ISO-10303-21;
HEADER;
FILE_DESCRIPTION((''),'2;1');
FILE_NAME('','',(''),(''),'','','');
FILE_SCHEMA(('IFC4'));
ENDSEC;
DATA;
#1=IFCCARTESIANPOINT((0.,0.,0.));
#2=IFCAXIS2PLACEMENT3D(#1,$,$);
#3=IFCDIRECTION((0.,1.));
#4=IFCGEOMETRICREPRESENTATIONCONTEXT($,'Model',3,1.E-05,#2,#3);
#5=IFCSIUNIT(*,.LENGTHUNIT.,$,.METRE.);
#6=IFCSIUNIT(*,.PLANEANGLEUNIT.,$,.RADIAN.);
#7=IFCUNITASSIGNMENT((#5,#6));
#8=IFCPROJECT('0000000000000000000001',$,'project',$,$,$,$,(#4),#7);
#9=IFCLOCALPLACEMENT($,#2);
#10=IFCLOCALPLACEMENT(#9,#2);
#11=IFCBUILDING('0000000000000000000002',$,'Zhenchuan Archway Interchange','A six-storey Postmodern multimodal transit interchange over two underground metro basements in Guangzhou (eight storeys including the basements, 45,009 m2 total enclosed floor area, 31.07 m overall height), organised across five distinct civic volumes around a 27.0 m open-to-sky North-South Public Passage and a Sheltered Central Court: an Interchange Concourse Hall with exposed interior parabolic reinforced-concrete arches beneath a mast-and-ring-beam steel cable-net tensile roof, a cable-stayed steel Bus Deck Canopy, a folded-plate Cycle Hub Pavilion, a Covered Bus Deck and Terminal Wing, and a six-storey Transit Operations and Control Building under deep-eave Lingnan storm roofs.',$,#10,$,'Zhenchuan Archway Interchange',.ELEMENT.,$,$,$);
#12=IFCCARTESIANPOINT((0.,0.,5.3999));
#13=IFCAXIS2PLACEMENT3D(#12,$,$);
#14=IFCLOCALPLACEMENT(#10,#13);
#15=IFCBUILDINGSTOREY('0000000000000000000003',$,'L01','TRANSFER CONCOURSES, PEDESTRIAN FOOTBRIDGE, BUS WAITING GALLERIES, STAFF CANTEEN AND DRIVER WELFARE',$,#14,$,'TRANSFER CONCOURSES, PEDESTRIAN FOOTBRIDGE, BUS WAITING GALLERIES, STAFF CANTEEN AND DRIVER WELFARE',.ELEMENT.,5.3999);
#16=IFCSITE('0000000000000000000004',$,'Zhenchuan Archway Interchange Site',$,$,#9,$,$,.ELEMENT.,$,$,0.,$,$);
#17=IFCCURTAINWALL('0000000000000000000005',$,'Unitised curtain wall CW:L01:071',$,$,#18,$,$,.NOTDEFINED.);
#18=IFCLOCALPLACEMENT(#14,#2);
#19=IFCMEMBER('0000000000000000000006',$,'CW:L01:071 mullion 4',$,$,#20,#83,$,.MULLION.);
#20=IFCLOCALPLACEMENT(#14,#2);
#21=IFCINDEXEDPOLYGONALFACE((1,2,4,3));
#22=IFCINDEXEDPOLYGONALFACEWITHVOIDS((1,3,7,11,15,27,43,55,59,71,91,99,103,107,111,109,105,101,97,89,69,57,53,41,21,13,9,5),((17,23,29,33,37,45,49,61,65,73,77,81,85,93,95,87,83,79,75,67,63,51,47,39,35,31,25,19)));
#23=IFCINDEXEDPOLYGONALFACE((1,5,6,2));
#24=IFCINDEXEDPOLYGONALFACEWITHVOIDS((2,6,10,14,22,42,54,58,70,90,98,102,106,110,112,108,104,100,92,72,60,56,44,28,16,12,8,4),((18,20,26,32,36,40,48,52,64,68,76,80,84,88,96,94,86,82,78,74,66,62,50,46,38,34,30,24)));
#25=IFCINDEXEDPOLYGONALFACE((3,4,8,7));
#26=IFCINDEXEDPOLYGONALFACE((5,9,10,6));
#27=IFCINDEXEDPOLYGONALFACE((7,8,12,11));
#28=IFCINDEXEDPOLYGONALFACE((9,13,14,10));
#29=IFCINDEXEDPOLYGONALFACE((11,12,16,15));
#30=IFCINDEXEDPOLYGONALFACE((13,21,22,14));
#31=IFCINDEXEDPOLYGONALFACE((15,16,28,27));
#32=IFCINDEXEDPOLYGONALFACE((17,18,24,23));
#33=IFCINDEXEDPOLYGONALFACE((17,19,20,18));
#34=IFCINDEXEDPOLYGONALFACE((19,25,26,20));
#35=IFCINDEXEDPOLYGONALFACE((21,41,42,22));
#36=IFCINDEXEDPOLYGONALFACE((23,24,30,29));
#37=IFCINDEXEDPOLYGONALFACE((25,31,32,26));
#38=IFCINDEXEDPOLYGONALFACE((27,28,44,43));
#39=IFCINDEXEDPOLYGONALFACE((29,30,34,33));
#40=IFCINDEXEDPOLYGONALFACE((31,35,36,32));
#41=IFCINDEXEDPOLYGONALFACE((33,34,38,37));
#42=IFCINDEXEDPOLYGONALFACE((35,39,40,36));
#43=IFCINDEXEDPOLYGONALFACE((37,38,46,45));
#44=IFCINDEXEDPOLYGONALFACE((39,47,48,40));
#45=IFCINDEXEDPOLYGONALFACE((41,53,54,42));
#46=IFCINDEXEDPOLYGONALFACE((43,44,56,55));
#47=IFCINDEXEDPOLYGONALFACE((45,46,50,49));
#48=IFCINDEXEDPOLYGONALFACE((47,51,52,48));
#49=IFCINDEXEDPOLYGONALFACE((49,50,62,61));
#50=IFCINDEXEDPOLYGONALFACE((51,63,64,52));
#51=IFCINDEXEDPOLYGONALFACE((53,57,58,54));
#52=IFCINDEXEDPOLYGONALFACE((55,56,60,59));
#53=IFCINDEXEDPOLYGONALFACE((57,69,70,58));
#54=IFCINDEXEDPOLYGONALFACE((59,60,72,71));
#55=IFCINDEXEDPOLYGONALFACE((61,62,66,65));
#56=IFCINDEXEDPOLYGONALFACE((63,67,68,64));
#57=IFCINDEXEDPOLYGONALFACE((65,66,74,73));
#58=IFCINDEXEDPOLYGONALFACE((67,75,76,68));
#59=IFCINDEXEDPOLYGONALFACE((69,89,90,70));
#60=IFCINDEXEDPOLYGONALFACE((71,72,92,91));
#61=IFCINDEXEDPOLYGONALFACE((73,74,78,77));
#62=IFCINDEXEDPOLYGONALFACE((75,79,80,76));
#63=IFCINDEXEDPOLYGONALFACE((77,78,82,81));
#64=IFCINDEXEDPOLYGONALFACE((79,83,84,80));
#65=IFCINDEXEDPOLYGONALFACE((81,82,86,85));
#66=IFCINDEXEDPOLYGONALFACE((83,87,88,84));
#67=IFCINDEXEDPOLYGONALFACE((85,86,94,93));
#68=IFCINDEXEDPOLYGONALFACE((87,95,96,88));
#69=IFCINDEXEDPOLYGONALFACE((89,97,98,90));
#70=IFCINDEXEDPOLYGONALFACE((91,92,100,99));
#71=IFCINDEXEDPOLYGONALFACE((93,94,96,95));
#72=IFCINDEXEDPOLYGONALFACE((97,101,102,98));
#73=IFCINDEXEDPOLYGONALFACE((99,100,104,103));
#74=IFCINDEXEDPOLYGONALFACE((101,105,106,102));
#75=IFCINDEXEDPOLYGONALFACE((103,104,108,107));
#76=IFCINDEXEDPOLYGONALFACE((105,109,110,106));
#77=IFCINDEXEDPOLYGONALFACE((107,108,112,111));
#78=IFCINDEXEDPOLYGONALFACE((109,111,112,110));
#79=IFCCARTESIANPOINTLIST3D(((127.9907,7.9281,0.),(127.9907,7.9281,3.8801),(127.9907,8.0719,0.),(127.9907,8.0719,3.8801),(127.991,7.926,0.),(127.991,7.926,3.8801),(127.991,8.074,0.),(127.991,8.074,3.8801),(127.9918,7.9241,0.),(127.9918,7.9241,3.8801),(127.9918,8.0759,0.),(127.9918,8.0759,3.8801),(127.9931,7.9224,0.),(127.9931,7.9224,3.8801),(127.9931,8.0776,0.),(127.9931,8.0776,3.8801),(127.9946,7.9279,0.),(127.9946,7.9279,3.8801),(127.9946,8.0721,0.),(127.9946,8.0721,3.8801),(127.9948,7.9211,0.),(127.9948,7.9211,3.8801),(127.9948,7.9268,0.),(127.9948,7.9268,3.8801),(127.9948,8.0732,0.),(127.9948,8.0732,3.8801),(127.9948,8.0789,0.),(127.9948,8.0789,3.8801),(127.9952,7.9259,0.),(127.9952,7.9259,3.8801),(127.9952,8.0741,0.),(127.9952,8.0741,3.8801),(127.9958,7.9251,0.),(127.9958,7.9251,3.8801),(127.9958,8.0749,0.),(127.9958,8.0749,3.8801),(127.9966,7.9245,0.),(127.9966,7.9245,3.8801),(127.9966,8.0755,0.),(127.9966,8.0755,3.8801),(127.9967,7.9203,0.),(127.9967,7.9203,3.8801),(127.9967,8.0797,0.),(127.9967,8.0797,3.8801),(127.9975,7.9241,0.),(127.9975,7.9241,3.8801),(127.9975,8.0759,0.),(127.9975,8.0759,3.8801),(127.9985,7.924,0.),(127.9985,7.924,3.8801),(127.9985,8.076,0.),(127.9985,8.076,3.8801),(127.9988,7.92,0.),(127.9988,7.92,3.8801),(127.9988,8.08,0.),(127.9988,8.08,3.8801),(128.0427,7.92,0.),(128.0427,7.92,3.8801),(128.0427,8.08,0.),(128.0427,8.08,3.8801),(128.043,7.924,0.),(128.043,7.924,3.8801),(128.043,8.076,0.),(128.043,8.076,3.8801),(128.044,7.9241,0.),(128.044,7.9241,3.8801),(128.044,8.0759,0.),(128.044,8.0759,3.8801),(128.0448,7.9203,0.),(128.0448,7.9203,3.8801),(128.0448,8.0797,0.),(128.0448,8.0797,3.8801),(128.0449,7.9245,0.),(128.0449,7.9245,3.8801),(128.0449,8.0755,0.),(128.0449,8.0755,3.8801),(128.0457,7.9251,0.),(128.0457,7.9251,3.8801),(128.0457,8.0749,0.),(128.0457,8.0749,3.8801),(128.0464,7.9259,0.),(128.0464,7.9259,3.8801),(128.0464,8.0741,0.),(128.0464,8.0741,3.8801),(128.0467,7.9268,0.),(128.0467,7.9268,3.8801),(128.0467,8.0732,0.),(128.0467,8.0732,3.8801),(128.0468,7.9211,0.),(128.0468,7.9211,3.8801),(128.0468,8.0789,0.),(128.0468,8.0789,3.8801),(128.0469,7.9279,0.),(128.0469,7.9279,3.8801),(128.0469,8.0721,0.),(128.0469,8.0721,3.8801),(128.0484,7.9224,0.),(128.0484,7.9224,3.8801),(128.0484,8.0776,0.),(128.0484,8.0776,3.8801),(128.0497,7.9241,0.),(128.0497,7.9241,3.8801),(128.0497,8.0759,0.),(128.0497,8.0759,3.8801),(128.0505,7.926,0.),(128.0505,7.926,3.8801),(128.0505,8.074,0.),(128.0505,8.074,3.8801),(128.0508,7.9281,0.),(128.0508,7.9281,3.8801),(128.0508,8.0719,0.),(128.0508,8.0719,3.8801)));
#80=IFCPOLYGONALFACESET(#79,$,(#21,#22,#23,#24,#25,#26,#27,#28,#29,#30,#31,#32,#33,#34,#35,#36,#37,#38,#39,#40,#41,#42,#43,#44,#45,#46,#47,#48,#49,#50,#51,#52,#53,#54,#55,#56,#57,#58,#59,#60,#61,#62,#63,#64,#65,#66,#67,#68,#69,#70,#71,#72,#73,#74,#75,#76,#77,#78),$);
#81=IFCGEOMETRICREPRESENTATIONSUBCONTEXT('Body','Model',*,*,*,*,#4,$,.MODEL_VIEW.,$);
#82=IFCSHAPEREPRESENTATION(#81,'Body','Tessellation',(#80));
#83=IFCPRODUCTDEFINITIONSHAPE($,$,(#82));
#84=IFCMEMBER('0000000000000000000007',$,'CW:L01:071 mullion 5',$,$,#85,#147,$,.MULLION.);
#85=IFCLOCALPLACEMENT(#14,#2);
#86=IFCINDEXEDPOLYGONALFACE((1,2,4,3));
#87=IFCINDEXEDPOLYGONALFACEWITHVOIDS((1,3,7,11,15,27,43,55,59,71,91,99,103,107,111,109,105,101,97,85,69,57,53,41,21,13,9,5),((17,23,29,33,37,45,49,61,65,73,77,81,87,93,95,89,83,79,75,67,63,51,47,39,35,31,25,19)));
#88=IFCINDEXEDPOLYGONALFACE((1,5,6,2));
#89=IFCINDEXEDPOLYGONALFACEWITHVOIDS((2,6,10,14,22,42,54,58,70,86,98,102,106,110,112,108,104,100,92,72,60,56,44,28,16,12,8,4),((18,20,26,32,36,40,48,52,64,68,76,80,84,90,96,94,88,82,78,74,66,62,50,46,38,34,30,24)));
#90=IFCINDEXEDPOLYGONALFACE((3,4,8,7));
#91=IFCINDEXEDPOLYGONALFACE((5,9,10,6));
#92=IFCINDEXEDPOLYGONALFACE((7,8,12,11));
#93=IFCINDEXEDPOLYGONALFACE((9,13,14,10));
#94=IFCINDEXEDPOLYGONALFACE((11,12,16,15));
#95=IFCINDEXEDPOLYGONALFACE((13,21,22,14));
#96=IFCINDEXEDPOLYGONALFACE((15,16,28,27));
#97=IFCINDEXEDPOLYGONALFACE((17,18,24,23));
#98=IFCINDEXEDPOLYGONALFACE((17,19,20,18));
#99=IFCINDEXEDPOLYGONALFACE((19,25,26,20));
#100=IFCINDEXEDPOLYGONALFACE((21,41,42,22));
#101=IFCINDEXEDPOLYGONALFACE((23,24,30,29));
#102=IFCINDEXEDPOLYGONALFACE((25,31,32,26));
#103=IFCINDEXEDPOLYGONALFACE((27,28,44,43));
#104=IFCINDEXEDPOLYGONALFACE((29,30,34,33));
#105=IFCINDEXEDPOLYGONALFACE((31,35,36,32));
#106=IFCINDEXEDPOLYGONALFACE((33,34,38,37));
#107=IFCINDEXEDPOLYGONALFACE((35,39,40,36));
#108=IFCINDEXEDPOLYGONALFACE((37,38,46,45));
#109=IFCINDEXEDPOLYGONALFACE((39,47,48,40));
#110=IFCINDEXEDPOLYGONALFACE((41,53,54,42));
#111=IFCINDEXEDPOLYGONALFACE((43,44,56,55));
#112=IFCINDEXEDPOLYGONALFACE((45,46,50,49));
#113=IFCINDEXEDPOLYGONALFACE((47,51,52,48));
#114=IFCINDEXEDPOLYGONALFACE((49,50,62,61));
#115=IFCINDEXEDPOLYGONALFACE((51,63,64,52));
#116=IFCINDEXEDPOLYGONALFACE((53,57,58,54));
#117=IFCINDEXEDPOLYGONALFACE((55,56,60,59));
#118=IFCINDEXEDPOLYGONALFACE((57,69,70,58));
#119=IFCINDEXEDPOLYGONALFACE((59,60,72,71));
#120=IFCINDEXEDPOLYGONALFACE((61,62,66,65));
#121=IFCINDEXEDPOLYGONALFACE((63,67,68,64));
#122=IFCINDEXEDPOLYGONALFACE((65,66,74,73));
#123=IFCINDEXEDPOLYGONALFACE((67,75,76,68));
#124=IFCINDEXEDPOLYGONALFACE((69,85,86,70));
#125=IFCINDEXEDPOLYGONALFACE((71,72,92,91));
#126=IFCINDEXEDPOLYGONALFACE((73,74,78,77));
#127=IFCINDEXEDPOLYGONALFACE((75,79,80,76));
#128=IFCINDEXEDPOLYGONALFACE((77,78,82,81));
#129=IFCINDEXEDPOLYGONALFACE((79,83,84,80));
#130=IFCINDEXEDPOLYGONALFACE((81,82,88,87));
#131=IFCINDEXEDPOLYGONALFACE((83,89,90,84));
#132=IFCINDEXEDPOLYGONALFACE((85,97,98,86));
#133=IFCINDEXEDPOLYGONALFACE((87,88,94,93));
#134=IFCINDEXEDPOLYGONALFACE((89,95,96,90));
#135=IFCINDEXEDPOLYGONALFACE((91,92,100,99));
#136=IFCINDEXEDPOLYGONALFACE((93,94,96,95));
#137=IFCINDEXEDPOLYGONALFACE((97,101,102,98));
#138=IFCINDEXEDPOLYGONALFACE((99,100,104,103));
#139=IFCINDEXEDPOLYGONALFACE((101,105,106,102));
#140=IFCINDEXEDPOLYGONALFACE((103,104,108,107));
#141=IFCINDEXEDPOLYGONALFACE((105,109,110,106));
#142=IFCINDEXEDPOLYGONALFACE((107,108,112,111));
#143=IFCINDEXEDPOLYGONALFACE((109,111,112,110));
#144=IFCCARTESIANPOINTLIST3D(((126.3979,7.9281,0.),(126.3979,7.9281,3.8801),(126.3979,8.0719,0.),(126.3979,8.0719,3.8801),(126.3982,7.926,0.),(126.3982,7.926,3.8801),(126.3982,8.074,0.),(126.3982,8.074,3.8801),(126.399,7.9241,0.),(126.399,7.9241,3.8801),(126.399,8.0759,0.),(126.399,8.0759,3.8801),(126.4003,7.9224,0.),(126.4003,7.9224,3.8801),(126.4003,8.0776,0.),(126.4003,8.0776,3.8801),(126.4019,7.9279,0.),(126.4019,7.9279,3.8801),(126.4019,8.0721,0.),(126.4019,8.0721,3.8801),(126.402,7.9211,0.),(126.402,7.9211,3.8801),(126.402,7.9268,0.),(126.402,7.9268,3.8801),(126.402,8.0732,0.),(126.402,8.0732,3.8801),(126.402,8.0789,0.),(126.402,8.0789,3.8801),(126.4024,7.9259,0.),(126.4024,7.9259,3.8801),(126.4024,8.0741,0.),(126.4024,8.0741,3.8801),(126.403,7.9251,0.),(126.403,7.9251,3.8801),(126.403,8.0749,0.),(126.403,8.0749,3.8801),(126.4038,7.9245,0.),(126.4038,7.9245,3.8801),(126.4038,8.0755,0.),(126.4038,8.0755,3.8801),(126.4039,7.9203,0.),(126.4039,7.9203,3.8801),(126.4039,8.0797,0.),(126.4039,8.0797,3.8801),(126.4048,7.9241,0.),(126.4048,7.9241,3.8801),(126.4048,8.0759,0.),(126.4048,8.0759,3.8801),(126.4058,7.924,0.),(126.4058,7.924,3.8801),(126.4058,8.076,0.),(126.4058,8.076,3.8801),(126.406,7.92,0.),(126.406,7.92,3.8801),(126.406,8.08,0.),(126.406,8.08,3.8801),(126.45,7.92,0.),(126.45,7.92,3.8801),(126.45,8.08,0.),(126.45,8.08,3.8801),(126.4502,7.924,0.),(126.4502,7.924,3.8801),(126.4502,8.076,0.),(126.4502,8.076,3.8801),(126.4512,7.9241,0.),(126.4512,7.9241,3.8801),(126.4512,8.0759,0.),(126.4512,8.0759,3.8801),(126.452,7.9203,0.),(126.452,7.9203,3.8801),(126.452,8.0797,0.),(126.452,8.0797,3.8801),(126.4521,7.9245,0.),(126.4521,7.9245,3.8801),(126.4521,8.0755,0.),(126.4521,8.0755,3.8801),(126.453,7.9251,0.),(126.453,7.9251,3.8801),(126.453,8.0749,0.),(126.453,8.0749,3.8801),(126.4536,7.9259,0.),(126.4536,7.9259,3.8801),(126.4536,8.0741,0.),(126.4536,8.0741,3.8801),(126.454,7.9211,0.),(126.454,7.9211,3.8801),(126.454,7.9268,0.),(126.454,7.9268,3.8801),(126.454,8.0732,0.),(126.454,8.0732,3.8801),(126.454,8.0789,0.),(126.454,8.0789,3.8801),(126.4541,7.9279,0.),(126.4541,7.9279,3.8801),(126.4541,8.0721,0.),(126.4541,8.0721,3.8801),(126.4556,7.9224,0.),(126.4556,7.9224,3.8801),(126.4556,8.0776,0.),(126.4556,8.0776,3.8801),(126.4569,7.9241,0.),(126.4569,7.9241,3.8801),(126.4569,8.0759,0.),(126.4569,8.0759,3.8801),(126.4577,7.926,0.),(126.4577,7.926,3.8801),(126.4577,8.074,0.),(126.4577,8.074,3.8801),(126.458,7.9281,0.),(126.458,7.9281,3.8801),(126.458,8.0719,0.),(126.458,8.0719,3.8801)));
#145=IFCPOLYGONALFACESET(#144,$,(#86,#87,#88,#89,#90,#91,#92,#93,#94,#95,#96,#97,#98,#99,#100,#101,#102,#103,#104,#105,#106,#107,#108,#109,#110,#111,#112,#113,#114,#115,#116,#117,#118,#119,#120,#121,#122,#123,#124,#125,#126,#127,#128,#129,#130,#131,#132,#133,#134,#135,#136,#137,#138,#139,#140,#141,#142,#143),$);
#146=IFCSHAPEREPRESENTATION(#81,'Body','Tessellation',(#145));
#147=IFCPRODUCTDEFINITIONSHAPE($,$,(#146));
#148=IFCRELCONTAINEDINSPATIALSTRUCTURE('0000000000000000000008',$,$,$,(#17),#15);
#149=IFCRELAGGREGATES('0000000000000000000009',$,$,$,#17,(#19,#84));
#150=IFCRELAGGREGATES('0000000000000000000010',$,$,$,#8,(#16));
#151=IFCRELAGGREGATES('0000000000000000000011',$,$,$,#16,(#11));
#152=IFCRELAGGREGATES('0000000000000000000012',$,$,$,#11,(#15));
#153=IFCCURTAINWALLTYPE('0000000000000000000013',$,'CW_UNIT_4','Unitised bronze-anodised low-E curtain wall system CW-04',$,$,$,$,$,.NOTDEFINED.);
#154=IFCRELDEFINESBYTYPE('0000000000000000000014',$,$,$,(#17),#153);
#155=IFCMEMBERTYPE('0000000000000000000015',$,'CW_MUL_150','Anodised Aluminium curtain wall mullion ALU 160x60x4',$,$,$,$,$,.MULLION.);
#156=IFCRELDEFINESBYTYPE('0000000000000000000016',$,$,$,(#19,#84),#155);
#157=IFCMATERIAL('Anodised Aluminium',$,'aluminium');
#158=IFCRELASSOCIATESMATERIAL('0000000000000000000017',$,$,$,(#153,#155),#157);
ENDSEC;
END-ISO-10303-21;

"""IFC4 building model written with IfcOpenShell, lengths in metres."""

from ifc_helpers import new_model, si_unit, direction, frame, origin, origin_2d, place, context, subcontext, project, spatial, hollow_rectangle, extrude, material, material_profile, profile_set, type_object, element, aggregate, save


model = new_model("IFC4")

# Units and contexts
model_context = context("Model", 3, precision=1e-05, world=origin(), true_north=direction((0.0, 1.0)))
body_context = subcontext(model_context, "Body", "Model", "MODEL_VIEW")
ifc_project = project(units=[si_unit("LENGTHUNIT", "METRE"), si_unit("PLANEANGLEUNIT", "RADIAN")], contexts=[model_context])

# Site, building, storey
site_placement = place(None, origin())
site = spatial("IfcSite", under=ifc_project, at=site_placement, Name="Zhenchuan Archway Interchange Site", CompositionType="ELEMENT", RefElevation=0.0)
building_placement = place(site_placement, origin())
building = spatial("IfcBuilding", under=site, at=building_placement, Name="Zhenchuan Archway Interchange", Description="A six-storey Postmodern multimodal transit interchange over two underground metro basements in Guangzhou (eight storeys including the basements, 45,009 m2 total enclosed floor area, 31.07 m overall height), organised across five distinct civic volumes around a 27.0 m open-to-sky North-South Public Passage and a Sheltered Central Court: an Interchange Concourse Hall with exposed interior parabolic reinforced-concrete arches beneath a mast-and-ring-beam steel cable-net tensile roof, a cable-stayed steel Bus Deck Canopy, a folded-plate Cycle Hub Pavilion, a Covered Bus Deck and Terminal Wing, and a six-storey Transit Operations and Control Building under deep-eave Lingnan storm roofs.", LongName="Zhenchuan Archway Interchange", CompositionType="ELEMENT")
storey_placement = place(building_placement, frame((0.0, 0.0, 5.3999)))
storey = spatial("IfcBuildingStorey", under=building, at=storey_placement, Name="L01", Description="TRANSFER CONCOURSES, PEDESTRIAN FOOTBRIDGE, BUS WAITING GALLERIES, STAFF CANTEEN AND DRIVER WELFARE", LongName="TRANSFER CONCOURSES, PEDESTRIAN FOOTBRIDGE, BUS WAITING GALLERIES, STAFF CANTEEN AND DRIVER WELFARE", CompositionType="ELEMENT", Elevation=5.3999)

# Curtain wall, members
ifc_material_1 = material(Name="Anodised Aluminium", Category="aluminium")
curtain_wall_type = type_object("IfcCurtainWallType", Name="CW_UNIT_4", Description="Unitised bronze-anodised low-E curtain wall system CW-04", PredefinedType="NOTDEFINED", material=ifc_material_1)
curtain_wall_placement = place(storey_placement, origin())
curtain_wall = element("IfcCurtainWall", 1, at=curtain_wall_placement, inside=storey, type_object=curtain_wall_type, Name="Unitised curtain wall CW:L01:071", PredefinedType="NOTDEFINED")
ifc_material_profile_1 = material_profile(ifc_material_1, hollow_rectangle(XDim=0.0601, YDim=0.1599, WallThickness=0.0039, InnerFilletRadius=0.0039, OuterFilletRadius=0.0081, at=origin_2d()), Name="ALU 160x60x4")
ifc_profile_set_1 = profile_set([ifc_material_profile_1], Name="Anodised Aluminium")
member_type_1 = type_object("IfcMemberType", Name="CW_MUL_150", Description="Anodised Aluminium curtain wall mullion ALU 160x60x4", PredefinedType="MULLION", material=ifc_profile_set_1)
member_1_placement = place(storey_placement, frame((128.0208, 8.0, 0.0), z_axis=(0.0, 0.0, 1.0), x_axis=(1.0, 0.0, 0.0)))
member_1 = element("IfcMember", 2, at=member_1_placement, type_object=member_type_1, Name="CW:L01:071 mullion 4", PredefinedType="MULLION", context=body_context, shape_type="SweptSolid", body=[
    extrude(hollow_rectangle(XDim=0.0601, YDim=0.1599, WallThickness=0.0039, InnerFilletRadius=0.0039, OuterFilletRadius=0.0081, at=origin_2d()), origin(), (0.0, 0.0, 1.0), 3.8801),
])
member_2_placement = place(storey_placement, frame((126.428, 8.0, 0.0), z_axis=(0.0, 0.0, 1.0), x_axis=(1.0, 0.0, 0.0)))
member_2 = element("IfcMember", 3, at=member_2_placement, type_object=member_type_1, Name="CW:L01:071 mullion 5", PredefinedType="MULLION", context=body_context, shape_type="SweptSolid", body=[
    extrude(hollow_rectangle(XDim=0.0601, YDim=0.1599, WallThickness=0.0039, InnerFilletRadius=0.0039, OuterFilletRadius=0.0081, at=origin_2d()), origin(), (0.0, 0.0, 1.0), 3.8801),
])

aggregate(curtain_wall, [member_1, member_2])

save(model, "model.ifc")
